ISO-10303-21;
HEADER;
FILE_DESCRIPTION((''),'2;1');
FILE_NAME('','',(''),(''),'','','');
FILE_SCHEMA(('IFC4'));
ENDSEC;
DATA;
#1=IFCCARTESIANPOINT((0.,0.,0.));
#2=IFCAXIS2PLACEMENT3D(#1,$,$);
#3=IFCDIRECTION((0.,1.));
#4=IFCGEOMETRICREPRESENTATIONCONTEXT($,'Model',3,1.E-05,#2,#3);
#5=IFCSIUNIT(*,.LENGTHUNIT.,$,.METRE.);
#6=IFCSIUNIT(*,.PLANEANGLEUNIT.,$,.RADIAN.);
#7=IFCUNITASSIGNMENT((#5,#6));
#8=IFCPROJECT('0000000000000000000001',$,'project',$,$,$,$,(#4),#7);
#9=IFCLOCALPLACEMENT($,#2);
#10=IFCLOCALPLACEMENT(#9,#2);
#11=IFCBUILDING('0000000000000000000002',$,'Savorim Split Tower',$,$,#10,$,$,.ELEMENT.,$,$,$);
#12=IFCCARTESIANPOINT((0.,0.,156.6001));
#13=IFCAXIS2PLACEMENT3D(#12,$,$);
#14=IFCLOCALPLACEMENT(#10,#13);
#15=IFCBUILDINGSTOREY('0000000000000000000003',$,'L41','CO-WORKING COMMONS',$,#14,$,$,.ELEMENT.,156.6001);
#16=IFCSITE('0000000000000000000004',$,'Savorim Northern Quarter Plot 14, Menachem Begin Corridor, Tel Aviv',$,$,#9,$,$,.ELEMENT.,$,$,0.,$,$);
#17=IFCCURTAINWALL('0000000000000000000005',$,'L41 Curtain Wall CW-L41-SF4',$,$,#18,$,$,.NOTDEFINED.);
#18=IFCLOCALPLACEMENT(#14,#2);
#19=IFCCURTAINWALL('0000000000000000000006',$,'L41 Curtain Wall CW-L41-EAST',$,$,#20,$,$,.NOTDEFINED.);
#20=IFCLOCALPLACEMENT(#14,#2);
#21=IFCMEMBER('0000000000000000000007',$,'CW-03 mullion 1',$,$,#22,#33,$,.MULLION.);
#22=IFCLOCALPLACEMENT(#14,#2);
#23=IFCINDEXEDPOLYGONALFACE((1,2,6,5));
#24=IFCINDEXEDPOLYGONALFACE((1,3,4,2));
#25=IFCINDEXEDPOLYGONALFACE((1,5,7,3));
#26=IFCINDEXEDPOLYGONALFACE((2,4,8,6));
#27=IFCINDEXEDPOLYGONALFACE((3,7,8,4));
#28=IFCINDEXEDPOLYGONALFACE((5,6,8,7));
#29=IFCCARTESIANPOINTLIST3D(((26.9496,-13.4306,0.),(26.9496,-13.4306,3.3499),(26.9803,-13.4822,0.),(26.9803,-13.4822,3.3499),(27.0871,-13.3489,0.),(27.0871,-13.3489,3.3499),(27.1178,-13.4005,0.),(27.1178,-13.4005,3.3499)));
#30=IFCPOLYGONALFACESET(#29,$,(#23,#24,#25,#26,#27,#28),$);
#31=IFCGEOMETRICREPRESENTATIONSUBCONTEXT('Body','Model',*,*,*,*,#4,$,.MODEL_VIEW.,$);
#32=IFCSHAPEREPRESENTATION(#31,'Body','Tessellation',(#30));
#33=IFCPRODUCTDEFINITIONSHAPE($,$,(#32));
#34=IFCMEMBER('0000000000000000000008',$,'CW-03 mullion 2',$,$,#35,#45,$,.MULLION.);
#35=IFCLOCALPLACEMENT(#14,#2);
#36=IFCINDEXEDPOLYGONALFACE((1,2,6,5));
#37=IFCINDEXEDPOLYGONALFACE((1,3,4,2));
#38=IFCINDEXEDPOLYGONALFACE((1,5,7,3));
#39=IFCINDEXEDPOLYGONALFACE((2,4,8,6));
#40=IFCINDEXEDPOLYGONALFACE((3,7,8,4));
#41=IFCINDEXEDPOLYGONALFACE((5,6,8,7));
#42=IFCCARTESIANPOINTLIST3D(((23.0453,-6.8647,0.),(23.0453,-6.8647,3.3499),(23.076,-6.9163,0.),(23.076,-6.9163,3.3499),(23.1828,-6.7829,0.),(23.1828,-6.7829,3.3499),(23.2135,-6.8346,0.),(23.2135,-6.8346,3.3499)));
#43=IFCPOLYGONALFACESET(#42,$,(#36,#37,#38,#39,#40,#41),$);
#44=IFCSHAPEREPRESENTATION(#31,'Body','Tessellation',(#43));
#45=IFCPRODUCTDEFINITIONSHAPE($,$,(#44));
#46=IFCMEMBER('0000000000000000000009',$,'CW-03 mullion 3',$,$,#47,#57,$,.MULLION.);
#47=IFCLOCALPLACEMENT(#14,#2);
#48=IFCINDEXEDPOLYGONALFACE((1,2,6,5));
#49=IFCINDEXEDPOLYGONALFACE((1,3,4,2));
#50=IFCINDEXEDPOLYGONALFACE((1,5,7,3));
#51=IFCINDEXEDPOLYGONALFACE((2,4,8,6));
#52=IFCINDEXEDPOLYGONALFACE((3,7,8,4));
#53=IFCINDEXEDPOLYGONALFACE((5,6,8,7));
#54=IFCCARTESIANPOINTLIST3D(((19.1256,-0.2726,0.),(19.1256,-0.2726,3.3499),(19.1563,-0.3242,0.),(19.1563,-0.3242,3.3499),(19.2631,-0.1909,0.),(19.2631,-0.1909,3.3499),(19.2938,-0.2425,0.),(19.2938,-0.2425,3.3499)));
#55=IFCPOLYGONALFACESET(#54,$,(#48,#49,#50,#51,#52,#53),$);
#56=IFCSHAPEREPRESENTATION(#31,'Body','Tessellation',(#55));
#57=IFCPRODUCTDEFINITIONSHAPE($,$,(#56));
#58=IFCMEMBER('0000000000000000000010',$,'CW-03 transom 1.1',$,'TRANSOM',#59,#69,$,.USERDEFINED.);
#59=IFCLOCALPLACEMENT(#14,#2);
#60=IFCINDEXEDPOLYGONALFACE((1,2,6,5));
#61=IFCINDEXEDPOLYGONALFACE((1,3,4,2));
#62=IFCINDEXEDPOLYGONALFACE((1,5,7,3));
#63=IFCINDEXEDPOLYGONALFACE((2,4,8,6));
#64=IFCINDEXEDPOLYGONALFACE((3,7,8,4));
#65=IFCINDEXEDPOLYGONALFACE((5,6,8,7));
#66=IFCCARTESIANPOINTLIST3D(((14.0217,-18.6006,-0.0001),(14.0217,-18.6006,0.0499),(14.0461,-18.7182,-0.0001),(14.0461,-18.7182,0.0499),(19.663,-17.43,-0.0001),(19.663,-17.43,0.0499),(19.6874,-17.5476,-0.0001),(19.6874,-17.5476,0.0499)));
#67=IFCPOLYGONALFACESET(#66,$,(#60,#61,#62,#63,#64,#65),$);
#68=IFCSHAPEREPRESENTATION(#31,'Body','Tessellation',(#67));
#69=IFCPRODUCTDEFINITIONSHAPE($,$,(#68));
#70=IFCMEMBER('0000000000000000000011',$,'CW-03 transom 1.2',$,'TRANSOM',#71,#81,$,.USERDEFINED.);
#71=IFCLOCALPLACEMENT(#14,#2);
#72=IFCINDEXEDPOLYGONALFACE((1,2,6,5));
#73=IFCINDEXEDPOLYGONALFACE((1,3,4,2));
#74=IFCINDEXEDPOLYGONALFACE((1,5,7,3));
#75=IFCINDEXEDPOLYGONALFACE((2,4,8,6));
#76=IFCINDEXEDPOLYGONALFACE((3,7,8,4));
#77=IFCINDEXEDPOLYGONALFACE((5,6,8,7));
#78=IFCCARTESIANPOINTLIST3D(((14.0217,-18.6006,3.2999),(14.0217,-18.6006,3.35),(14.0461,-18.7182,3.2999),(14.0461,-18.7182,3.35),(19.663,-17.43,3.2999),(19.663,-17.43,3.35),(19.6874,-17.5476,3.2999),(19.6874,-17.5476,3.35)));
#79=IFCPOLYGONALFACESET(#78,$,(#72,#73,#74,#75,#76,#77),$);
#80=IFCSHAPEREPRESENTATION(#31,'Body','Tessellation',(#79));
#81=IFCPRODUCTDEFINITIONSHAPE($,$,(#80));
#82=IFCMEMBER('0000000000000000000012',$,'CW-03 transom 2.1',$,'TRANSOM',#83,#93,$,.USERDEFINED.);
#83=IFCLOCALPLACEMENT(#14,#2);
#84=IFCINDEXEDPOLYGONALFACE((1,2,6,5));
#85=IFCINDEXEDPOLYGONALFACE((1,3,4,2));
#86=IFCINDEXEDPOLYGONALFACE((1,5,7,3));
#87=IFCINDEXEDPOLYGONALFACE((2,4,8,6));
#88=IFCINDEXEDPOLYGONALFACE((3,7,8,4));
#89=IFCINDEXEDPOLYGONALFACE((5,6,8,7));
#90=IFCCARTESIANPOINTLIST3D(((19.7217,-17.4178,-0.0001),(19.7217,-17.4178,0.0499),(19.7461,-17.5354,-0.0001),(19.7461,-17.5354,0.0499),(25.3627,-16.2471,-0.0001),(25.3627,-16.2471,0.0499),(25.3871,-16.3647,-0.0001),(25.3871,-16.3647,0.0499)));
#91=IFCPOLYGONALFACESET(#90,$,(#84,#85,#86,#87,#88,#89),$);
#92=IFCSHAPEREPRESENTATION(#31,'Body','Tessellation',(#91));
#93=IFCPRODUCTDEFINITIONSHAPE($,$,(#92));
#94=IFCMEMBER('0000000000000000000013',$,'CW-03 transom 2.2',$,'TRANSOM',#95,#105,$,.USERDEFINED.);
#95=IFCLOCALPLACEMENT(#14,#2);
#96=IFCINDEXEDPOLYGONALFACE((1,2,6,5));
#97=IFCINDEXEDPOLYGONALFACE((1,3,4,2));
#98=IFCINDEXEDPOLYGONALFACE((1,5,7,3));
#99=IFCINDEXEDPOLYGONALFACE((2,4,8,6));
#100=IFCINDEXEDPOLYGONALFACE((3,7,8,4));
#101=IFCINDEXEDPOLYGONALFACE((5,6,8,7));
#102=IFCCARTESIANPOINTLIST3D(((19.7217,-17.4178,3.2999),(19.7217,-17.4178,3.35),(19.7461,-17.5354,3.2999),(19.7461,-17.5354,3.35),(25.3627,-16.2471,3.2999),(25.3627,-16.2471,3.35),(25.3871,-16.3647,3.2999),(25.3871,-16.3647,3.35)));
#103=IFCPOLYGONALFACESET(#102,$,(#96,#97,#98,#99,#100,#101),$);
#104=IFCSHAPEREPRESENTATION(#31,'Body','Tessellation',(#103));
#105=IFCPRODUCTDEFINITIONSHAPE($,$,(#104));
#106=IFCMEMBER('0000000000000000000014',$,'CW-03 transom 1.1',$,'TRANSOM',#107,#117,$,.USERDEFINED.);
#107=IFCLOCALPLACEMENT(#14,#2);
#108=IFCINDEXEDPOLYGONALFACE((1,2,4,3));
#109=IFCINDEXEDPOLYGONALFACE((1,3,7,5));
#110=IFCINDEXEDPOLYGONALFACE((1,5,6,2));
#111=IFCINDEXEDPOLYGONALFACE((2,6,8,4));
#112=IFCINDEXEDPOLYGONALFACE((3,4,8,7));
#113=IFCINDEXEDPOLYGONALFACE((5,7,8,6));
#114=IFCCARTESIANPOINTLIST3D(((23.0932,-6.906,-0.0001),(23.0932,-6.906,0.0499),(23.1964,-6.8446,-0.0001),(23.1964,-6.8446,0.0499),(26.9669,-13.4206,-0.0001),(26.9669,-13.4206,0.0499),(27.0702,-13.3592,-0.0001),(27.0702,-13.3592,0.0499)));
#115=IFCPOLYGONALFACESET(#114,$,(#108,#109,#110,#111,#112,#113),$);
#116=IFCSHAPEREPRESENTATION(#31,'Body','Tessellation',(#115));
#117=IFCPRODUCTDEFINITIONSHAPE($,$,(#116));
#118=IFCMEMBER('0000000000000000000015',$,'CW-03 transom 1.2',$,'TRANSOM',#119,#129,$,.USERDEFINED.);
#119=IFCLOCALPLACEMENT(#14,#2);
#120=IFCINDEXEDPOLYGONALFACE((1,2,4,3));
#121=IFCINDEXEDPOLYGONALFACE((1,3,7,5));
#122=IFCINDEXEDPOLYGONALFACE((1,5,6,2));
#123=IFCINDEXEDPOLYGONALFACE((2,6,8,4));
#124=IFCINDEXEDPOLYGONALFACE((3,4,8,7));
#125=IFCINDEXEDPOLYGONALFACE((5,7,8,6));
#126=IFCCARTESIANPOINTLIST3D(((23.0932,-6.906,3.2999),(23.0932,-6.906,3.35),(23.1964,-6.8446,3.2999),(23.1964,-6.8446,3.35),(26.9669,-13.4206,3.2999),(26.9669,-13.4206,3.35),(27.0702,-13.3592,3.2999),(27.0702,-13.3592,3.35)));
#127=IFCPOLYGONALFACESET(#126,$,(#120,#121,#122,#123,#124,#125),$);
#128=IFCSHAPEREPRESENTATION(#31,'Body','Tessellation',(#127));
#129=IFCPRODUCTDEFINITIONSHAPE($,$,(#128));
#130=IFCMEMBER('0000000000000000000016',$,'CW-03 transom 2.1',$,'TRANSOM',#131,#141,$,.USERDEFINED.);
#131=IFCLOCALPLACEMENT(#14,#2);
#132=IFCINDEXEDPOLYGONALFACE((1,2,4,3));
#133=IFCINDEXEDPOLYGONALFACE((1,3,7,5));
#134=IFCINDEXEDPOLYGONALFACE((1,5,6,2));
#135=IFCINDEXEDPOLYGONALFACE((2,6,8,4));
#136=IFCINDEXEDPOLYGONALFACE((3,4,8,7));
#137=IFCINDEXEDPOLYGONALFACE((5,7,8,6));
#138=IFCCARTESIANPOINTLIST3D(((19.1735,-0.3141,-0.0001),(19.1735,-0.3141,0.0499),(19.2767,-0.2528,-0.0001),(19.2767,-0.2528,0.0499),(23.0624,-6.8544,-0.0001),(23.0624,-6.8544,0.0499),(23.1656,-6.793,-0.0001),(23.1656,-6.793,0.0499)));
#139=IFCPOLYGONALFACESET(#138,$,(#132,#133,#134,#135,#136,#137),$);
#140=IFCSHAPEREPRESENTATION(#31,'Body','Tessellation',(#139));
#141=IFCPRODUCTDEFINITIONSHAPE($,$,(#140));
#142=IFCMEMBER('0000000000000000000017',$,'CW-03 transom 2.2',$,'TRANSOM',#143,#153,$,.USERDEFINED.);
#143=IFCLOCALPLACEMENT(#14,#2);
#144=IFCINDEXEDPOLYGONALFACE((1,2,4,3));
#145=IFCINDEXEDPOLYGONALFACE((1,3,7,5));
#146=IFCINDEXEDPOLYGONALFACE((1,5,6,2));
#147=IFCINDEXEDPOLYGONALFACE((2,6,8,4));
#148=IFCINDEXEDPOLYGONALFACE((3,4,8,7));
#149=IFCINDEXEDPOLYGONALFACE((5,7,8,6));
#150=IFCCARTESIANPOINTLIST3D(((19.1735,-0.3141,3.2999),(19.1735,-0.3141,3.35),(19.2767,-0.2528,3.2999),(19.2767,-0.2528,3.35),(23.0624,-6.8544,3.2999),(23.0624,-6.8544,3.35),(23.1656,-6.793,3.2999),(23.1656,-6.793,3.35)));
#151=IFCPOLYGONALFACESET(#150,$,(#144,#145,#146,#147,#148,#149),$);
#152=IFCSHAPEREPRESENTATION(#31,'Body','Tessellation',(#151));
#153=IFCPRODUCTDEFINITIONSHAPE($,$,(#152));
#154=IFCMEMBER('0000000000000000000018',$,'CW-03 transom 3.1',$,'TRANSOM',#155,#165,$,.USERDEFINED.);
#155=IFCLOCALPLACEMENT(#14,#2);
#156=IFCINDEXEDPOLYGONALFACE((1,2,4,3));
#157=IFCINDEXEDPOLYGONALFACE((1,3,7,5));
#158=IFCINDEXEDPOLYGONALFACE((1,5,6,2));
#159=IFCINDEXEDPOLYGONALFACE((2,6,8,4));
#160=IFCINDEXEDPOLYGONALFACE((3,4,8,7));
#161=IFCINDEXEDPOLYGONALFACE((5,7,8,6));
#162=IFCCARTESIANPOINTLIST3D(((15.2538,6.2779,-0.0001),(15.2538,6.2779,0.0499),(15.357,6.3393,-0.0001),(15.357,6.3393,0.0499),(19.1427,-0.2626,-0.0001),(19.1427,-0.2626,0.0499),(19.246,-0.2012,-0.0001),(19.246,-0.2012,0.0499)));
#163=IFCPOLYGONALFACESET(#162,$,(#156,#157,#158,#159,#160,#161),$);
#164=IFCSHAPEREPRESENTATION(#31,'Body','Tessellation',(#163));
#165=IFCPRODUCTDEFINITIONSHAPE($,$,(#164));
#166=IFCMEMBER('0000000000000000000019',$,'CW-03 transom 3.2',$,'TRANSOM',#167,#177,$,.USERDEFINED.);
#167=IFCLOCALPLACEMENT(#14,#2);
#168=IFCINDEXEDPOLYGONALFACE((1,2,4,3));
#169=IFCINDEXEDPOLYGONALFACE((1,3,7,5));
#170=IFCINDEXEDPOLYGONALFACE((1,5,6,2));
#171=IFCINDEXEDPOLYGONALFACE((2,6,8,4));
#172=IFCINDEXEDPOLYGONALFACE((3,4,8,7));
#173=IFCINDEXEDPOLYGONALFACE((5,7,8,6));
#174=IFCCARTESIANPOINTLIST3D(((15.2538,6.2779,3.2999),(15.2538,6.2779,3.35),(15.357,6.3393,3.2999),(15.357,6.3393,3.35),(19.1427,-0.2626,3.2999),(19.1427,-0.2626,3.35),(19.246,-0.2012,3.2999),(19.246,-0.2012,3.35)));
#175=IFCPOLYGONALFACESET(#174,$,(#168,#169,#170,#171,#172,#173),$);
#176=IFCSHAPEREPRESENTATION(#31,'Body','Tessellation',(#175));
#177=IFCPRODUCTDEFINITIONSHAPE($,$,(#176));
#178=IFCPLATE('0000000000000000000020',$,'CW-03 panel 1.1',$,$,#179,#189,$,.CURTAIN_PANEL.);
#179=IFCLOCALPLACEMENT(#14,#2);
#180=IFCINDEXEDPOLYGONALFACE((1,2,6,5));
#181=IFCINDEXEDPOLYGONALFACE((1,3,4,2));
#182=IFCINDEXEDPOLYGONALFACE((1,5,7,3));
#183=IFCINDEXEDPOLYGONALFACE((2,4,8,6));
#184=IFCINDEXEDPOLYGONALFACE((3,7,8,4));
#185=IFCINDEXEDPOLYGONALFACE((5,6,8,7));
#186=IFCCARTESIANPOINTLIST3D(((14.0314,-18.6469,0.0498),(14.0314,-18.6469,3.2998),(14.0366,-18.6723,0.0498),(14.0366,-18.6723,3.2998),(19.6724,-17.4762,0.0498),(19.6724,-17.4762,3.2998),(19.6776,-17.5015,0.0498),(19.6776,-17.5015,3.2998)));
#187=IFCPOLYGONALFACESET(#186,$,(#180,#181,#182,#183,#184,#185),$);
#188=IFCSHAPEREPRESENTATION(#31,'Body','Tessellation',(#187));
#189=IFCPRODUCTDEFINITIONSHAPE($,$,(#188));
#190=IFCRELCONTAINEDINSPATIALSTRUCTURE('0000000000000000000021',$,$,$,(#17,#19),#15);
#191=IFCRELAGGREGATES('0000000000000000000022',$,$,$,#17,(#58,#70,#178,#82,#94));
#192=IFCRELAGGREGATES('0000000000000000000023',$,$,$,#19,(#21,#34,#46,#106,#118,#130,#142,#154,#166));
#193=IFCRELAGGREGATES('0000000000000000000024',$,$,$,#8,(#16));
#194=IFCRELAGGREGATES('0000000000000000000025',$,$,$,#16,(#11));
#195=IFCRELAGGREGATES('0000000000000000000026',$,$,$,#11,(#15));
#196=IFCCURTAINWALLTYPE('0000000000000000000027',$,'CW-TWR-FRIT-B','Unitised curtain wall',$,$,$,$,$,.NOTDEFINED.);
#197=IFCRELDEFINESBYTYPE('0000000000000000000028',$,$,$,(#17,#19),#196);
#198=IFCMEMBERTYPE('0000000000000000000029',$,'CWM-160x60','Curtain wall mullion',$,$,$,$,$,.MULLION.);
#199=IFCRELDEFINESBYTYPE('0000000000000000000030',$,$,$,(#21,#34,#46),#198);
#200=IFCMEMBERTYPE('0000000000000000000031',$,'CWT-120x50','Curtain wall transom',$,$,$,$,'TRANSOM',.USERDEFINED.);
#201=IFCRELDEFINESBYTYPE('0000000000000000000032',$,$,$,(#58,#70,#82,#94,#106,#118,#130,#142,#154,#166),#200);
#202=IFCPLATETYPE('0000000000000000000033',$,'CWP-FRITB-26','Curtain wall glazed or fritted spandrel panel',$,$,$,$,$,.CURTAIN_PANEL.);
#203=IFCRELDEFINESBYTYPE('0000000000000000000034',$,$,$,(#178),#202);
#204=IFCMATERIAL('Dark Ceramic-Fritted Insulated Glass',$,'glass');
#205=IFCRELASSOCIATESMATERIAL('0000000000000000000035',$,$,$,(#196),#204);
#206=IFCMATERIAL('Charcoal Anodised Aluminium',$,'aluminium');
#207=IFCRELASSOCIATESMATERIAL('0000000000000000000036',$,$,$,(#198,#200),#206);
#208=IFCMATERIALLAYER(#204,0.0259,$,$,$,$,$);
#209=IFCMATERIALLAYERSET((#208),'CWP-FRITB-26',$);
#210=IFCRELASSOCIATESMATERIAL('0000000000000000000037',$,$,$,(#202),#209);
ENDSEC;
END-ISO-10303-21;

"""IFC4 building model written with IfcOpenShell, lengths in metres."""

from ifc_helpers import new_model, si_unit, direction, frame, origin, origin_2d, place, context, subcontext, project, spatial, rectangle, extrude, material, layer, layer_set, material_profile, profile_set, type_object, element, aggregate, save


model = new_model("IFC4")

# Units and contexts
model_context = context("Model", 3, precision=1e-05, world=origin(), true_north=direction((0.0, 1.0)))
body_context = subcontext(model_context, "Body", "Model", "MODEL_VIEW")
ifc_project = project(units=[si_unit("LENGTHUNIT", "METRE"), si_unit("PLANEANGLEUNIT", "RADIAN")], contexts=[model_context])

# Site, building, storey
site_placement = place(None, origin())
site = spatial("IfcSite", under=ifc_project, at=site_placement, Name="Savorim Northern Quarter Plot 14, Menachem Begin Corridor, Tel Aviv", CompositionType="ELEMENT", RefElevation=0.0)
building_placement = place(site_placement, origin())
building = spatial("IfcBuilding", under=site, at=building_placement, Name="Savorim Split Tower", CompositionType="ELEMENT")
storey_placement = place(building_placement, frame((0.0, 0.0, 156.6001)))
storey = spatial("IfcBuildingStorey", under=building, at=storey_placement, Name="L41", Description="CO-WORKING COMMONS", CompositionType="ELEMENT", Elevation=156.6001)

# Curtain walls, members
ifc_material_1 = material(Name="Dark Ceramic-Fritted Insulated Glass", Category="glass")
curtain_wall_type = type_object("IfcCurtainWallType", Name="CW-TWR-FRIT-B", Description="Unitised curtain wall", PredefinedType="NOTDEFINED", material=ifc_material_1)
curtain_wall_1_placement = place(storey_placement, origin())
curtain_wall_1 = element("IfcCurtainWall", 1, at=curtain_wall_1_placement, inside=storey, type_object=curtain_wall_type, Name="L41 Curtain Wall CW-L41-SF4", PredefinedType="NOTDEFINED")
ifc_material_2 = material(Name="Charcoal Anodised Aluminium", Category="aluminium")
ifc_material_profile_1 = material_profile(ifc_material_2, rectangle(XDim=0.1599, YDim=0.0601, at=origin_2d()), Name="ALU-M 160x60")
ifc_profile_set_1 = profile_set([ifc_material_profile_1], Name="Charcoal Anodised Aluminium")
member_type_1 = type_object("IfcMemberType", Name="CWM-160x60", Description="Curtain wall mullion", PredefinedType="MULLION", material=ifc_profile_set_1)
curtain_wall_2_placement = place(storey_placement, origin())
curtain_wall_2 = element("IfcCurtainWall", 2, at=curtain_wall_2_placement, inside=storey, type_object=curtain_wall_type, Name="L41 Curtain Wall CW-L41-EAST", PredefinedType="NOTDEFINED")
member_1_placement = place(storey_placement, frame((27.0337, -13.4155, 0.0), z_axis=(0.0, 0.0, 1.0), x_axis=(-0.859526, -0.511091, 0.0)))
member_1 = element("IfcMember", 3, at=member_1_placement, type_object=member_type_1, Name="CW-03 mullion 1", PredefinedType="MULLION", context=body_context, shape_type="SweptSolid", body=[
    extrude(rectangle(XDim=0.1599, YDim=0.0601, at=origin_2d()), origin(), (0.0, 0.0, 1.0), 3.3499),
])
member_2_placement = place(storey_placement, frame((23.1294, -6.8496, 0.0), z_axis=(0.0, 0.0, 1.0), x_axis=(-0.859526, -0.511091, 0.0)))
member_2 = element("IfcMember", 4, at=member_2_placement, type_object=member_type_1, Name="CW-03 mullion 2", PredefinedType="MULLION", context=body_context, shape_type="SweptSolid", body=[
    extrude(rectangle(XDim=0.1599, YDim=0.0601, at=origin_2d()), origin(), (0.0, 0.0, 1.0), 3.3499),
])
member_3_placement = place(storey_placement, frame((19.2097, -0.2576, 0.0), z_axis=(0.0, 0.0, 1.0), x_axis=(-0.859526, -0.511091, 0.0)))
member_3 = element("IfcMember", 5, at=member_3_placement, type_object=member_type_1, Name="CW-03 mullion 3", PredefinedType="MULLION", context=body_context, shape_type="SweptSolid", body=[
    extrude(rectangle(XDim=0.1599, YDim=0.0601, at=origin_2d()), origin(), (0.0, 0.0, 1.0), 3.3499),
])

# Members
ifc_material_profile_2 = material_profile(ifc_material_2, rectangle(XDim=0.1201, YDim=0.05, at=origin_2d()), Name="ALU-T 120x50")
ifc_profile_set_2 = profile_set([ifc_material_profile_2], Name="Charcoal Anodised Aluminium")
member_type_2 = type_object("IfcMemberType", Name="CWT-120x50", Description="Curtain wall transom", ElementType="TRANSOM", PredefinedType="USERDEFINED", material=ifc_profile_set_2)
member_4_placement = place(storey_placement, frame((14.0339, -18.6594, 0.0249), z_axis=(0.979141, 0.203184, 0.0), x_axis=(-0.203184, 0.979141, 0.0)))
member_4 = element("IfcMember", 6, at=member_4_placement, type_object=member_type_2, Name="CW-03 transom 1.1", ObjectType="TRANSOM", PredefinedType="USERDEFINED", context=body_context, shape_type="SweptSolid", body=[
    extrude(rectangle(XDim=0.1201, YDim=0.05, at=origin_2d()), origin(), (0.0, 0.0, 1.0), 5.7615),
])
member_5_placement = place(storey_placement, frame((14.0339, -18.6594, 3.325), z_axis=(0.979141, 0.203184, 0.0), x_axis=(-0.203184, 0.979141, 0.0)))
member_5 = element("IfcMember", 7, at=member_5_placement, type_object=member_type_2, Name="CW-03 transom 1.2", ObjectType="TRANSOM", PredefinedType="USERDEFINED", context=body_context, shape_type="SweptSolid", body=[
    extrude(rectangle(XDim=0.1201, YDim=0.05, at=origin_2d()), origin(), (0.0, 0.0, 1.0), 5.7615),
])
member_6_placement = place(storey_placement, frame((19.7339, -17.4766, 0.0249), z_axis=(0.979139, 0.203193, 0.0), x_axis=(-0.203193, 0.979139, 0.0)))
member_6 = element("IfcMember", 8, at=member_6_placement, type_object=member_type_2, Name="CW-03 transom 2.1", ObjectType="TRANSOM", PredefinedType="USERDEFINED", context=body_context, shape_type="SweptSolid", body=[
    extrude(rectangle(XDim=0.1201, YDim=0.05, at=origin_2d()), origin(), (0.0, 0.0, 1.0), 5.7612),
])
member_7_placement = place(storey_placement, frame((19.7339, -17.4766, 3.325), z_axis=(0.979139, 0.203193, 0.0), x_axis=(-0.203193, 0.979139, 0.0)))
member_7 = element("IfcMember", 9, at=member_7_placement, type_object=member_type_2, Name="CW-03 transom 2.2", ObjectType="TRANSOM", PredefinedType="USERDEFINED", context=body_context, shape_type="SweptSolid", body=[
    extrude(rectangle(XDim=0.1201, YDim=0.05, at=origin_2d()), origin(), (0.0, 0.0, 1.0), 5.7612),
])
member_8_placement = place(storey_placement, frame((27.0186, -13.3899, 0.0249), z_axis=(-0.511095, 0.859524, 0.0), x_axis=(-0.859524, -0.511095, 0.0)))
member_8 = element("IfcMember", 10, at=member_8_placement, type_object=member_type_2, Name="CW-03 transom 1.1", ObjectType="TRANSOM", PredefinedType="USERDEFINED", context=body_context, shape_type="SweptSolid", body=[
    extrude(rectangle(XDim=0.1201, YDim=0.05, at=origin_2d()), origin(), (0.0, 0.0, 1.0), 7.5793),
])
member_9_placement = place(storey_placement, frame((27.0186, -13.3899, 3.325), z_axis=(-0.511095, 0.859524, 0.0), x_axis=(-0.859524, -0.511095, 0.0)))
member_9 = element("IfcMember", 11, at=member_9_placement, type_object=member_type_2, Name="CW-03 transom 1.2", ObjectType="TRANSOM", PredefinedType="USERDEFINED", context=body_context, shape_type="SweptSolid", body=[
    extrude(rectangle(XDim=0.1201, YDim=0.05, at=origin_2d()), origin(), (0.0, 0.0, 1.0), 7.5793),
])
member_10_placement = place(storey_placement, frame((23.114, -6.8237, 0.0249), z_axis=(-0.511085, 0.85953, 0.0), x_axis=(-0.85953, -0.511085, 0.0)))
member_10 = element("IfcMember", 12, at=member_10_placement, type_object=member_type_2, Name="CW-03 transom 2.1", ObjectType="TRANSOM", PredefinedType="USERDEFINED", context=body_context, shape_type="SweptSolid", body=[
    extrude(rectangle(XDim=0.1201, YDim=0.05, at=origin_2d()), origin(), (0.0, 0.0, 1.0), 7.6091),
])
member_11_placement = place(storey_placement, frame((23.114, -6.8237, 3.325), z_axis=(-0.511085, 0.85953, 0.0), x_axis=(-0.85953, -0.511085, 0.0)))
member_11 = element("IfcMember", 13, at=member_11_placement, type_object=member_type_2, Name="CW-03 transom 2.2", ObjectType="TRANSOM", PredefinedType="USERDEFINED", context=body_context, shape_type="SweptSolid", body=[
    extrude(rectangle(XDim=0.1201, YDim=0.05, at=origin_2d()), origin(), (0.0, 0.0, 1.0), 7.6091),
])
member_12_placement = place(storey_placement, frame((19.1943, -0.2319, 0.0249), z_axis=(-0.511071, 0.859539, 0.0), x_axis=(-0.859539, -0.511071, 0.0)))
member_12 = element("IfcMember", 14, at=member_12_placement, type_object=member_type_2, Name="CW-03 transom 3.1", ObjectType="TRANSOM", PredefinedType="USERDEFINED", context=body_context, shape_type="SweptSolid", body=[
    extrude(rectangle(XDim=0.1201, YDim=0.05, at=origin_2d()), origin(), (0.0, 0.0, 1.0), 7.6094),
])
member_13_placement = place(storey_placement, frame((19.1943, -0.2319, 3.325), z_axis=(-0.511071, 0.859539, 0.0), x_axis=(-0.859539, -0.511071, 0.0)))
member_13 = element("IfcMember", 15, at=member_13_placement, type_object=member_type_2, Name="CW-03 transom 3.2", ObjectType="TRANSOM", PredefinedType="USERDEFINED", context=body_context, shape_type="SweptSolid", body=[
    extrude(rectangle(XDim=0.1201, YDim=0.05, at=origin_2d()), origin(), (0.0, 0.0, 1.0), 7.6094),
])

# Plate
ifc_layer_1 = layer(ifc_material_1, 0.0259)
ifc_layer_set_1 = layer_set([ifc_layer_1], Name="CWP-FRITB-26")
plate_type = type_object("IfcPlateType", Name="CWP-FRITB-26", Description="Curtain wall glazed or fritted spandrel panel", PredefinedType="CURTAIN_PANEL", material=ifc_layer_set_1)
plate_1_placement = place(storey_placement, frame((16.8545, -18.0742, 0.0498), z_axis=(0.0, 0.0, 1.0), x_axis=(0.979135, 0.20321, 0.0)))
plate_1 = element("IfcPlate", 16, at=plate_1_placement, type_object=plate_type, Name="CW-03 panel 1.1", PredefinedType="CURTAIN_PANEL", context=body_context, shape_type="SweptSolid", body=[
    extrude(rectangle(XDim=5.7612, YDim=0.0259, at=origin_2d()), origin(), (0.0, 0.0, 1.0), 3.25),
])
aggregate(curtain_wall_1, [member_4, member_5, plate_1, member_6, member_7])
aggregate(curtain_wall_2, [member_1, member_2, member_3, member_8, member_9, member_10, member_11, member_12, member_13])

save(model, "model.ifc")
